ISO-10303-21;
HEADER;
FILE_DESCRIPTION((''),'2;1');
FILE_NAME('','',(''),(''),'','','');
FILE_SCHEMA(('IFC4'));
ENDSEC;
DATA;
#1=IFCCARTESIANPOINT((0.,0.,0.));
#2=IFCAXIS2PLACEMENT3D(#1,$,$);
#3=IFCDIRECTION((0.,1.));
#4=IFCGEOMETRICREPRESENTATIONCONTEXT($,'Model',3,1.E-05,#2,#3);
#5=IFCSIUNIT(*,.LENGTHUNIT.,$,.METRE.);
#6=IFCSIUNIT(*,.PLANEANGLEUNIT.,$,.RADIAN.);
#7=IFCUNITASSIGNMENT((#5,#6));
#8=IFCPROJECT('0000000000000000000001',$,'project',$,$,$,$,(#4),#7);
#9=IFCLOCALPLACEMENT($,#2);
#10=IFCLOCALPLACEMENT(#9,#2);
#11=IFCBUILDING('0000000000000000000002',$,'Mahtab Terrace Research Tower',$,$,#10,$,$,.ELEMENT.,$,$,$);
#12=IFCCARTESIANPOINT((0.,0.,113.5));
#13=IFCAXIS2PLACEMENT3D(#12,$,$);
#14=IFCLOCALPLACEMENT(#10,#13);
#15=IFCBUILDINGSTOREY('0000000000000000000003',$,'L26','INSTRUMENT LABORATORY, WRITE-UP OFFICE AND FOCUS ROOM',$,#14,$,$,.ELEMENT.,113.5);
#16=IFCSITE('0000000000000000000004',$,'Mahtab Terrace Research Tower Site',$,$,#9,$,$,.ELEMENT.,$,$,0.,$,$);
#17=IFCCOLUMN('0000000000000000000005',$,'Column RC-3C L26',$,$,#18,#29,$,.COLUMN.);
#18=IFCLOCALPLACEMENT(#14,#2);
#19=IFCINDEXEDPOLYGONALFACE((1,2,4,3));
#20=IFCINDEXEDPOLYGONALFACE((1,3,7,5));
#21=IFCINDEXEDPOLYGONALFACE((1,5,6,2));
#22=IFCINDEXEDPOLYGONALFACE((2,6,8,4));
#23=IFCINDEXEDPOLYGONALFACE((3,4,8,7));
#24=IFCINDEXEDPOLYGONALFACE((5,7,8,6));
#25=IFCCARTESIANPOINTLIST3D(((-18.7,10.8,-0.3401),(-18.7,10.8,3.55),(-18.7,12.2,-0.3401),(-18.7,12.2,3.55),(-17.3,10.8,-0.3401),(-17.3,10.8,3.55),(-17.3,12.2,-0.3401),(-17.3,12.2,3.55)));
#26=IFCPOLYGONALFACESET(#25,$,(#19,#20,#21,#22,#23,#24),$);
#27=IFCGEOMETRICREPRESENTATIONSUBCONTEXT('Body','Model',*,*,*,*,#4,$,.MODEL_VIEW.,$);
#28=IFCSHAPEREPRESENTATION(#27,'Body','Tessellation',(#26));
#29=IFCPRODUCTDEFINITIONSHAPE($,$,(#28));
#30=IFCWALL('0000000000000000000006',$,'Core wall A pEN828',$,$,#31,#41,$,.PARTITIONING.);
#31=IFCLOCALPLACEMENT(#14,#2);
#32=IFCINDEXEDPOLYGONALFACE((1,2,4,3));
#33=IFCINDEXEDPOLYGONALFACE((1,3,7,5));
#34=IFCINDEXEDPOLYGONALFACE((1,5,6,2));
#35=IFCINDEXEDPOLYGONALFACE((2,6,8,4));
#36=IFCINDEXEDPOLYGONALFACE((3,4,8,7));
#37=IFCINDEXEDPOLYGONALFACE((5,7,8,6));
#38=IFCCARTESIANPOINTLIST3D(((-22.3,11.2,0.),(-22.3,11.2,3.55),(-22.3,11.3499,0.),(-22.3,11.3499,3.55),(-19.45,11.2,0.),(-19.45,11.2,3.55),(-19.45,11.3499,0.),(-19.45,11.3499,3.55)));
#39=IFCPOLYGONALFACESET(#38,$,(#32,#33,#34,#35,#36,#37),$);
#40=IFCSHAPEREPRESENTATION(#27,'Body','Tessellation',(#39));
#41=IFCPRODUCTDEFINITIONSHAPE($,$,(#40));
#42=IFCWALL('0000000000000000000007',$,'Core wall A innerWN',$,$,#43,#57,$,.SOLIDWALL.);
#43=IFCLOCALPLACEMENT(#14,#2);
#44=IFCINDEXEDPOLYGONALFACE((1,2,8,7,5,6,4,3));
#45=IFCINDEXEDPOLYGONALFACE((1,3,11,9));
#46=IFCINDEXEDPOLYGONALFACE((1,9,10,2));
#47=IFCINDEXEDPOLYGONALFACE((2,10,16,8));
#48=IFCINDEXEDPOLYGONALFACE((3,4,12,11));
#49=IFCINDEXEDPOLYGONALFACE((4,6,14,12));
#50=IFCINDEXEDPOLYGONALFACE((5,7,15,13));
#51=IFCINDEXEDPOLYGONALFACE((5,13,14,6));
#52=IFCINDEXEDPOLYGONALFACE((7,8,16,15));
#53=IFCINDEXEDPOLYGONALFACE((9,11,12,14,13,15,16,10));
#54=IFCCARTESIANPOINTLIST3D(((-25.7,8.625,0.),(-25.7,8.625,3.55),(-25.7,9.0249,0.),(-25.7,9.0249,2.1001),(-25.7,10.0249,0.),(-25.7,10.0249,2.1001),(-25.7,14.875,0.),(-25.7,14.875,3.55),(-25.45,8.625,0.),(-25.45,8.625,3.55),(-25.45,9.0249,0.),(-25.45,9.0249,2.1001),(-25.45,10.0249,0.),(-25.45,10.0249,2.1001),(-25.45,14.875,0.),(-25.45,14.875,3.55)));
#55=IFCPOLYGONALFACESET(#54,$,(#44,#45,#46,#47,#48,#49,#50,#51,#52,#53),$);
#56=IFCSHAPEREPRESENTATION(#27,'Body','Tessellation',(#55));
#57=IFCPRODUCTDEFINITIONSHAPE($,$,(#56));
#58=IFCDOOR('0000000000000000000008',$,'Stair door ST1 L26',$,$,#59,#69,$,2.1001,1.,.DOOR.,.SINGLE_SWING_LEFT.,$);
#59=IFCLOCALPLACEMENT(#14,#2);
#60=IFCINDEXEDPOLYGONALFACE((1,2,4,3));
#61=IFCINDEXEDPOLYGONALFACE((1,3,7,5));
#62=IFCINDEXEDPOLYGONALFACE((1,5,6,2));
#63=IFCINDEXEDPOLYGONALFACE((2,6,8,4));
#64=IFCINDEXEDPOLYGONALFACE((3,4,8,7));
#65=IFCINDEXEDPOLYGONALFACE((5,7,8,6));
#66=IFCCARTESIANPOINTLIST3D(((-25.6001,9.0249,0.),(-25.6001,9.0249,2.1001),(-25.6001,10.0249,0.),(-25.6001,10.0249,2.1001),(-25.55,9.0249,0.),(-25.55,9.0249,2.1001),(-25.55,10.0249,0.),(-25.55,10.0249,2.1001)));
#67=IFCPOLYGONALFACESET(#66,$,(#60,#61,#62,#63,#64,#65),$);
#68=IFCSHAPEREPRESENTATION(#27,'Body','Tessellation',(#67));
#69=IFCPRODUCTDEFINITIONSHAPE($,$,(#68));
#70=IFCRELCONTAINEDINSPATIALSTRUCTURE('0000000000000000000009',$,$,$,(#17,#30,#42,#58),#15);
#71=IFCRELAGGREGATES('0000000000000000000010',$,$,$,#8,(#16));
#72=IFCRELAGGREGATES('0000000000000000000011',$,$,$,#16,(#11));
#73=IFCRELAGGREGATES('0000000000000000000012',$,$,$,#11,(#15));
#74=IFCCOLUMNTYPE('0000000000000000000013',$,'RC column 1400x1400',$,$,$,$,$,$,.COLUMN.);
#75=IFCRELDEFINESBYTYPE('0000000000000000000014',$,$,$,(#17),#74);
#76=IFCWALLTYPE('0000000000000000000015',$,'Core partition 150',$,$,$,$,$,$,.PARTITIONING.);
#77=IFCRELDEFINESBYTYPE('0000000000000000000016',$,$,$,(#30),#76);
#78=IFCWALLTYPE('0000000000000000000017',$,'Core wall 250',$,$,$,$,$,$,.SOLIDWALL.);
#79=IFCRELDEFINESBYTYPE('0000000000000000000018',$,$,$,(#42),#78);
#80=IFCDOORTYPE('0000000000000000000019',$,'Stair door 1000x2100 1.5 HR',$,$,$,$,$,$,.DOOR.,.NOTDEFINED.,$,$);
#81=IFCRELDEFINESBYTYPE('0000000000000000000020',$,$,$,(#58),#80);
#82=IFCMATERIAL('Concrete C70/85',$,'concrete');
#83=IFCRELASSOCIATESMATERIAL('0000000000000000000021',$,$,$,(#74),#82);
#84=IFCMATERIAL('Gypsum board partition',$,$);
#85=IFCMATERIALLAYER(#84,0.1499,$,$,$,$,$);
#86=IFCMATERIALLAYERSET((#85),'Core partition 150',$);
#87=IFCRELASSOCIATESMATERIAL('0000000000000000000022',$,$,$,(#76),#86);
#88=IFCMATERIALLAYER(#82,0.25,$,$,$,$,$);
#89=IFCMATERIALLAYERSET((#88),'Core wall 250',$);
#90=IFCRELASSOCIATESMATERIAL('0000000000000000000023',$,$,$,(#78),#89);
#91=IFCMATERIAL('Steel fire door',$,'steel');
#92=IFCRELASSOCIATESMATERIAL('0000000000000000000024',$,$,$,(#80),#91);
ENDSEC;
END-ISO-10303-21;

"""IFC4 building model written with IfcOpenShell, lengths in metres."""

from ifc_helpers import new_model, si_unit, direction, frame, frame_2d, origin, origin_2d, place, context, subcontext, project, spatial, rectangle, extrude, material, layer, layer_set, material_profile, profile_set, type_object, element, fill, save


model = new_model("IFC4")

# Units and contexts
model_context = context("Model", 3, precision=1e-05, world=origin(), true_north=direction((0.0, 1.0)))
body_context = subcontext(model_context, "Body", "Model", "MODEL_VIEW")
ifc_project = project(units=[si_unit("LENGTHUNIT", "METRE"), si_unit("PLANEANGLEUNIT", "RADIAN")], contexts=[model_context])

# Site, building, storey
site_placement = place(None, origin())
site = spatial("IfcSite", under=ifc_project, at=site_placement, Name="Mahtab Terrace Research Tower Site", CompositionType="ELEMENT", RefElevation=0.0)
building_placement = place(site_placement, origin())
building = spatial("IfcBuilding", under=site, at=building_placement, Name="Mahtab Terrace Research Tower", CompositionType="ELEMENT")
storey_placement = place(building_placement, frame((0.0, 0.0, 113.5)))
storey = spatial("IfcBuildingStorey", under=building, at=storey_placement, Name="L26", Description="INSTRUMENT LABORATORY, WRITE-UP OFFICE AND FOCUS ROOM", CompositionType="ELEMENT", Elevation=113.5)

# Column
ifc_material_1 = material(Name="Concrete C70/85", Category="concrete")
ifc_material_profile = material_profile(ifc_material_1, rectangle(XDim=1.3999, YDim=1.3999, at=origin_2d()), Name="RC column 1400x1400")
ifc_profile_set = profile_set([ifc_material_profile], Name="Concrete C70/85")
column_type = type_object("IfcColumnType", Name="RC column 1400x1400", PredefinedType="COLUMN", material=ifc_profile_set)
column_placement = place(storey_placement, frame((-18.0, 11.5, -0.3401), z_axis=(0.0, 0.0, 1.0), x_axis=(1.0, 0.0, 0.0)))
element("IfcColumn", 1, at=column_placement, inside=storey, type_object=column_type, Name="Column RC-3C L26", PredefinedType="COLUMN", context=body_context, shape_type="SweptSolid", body=[
    extrude(rectangle(XDim=1.3999, YDim=1.3999, at=origin_2d()), origin(), (0.0, 0.0, 1.0), 3.8901),
])

# Wall
ifc_material_2 = material(Name="Gypsum board partition")
ifc_layer_1 = layer(ifc_material_2, 0.1499)
ifc_layer_set_1 = layer_set([ifc_layer_1], Name="Core partition 150")
wall_type_1 = type_object("IfcWallType", Name="Core partition 150", PredefinedType="PARTITIONING", material=ifc_layer_set_1)
wall_1_placement = place(storey_placement, frame((-22.3, 11.2749, 0.0), z_axis=(0.0, 0.0, 1.0), x_axis=(1.0, 0.0, 0.0)))
element("IfcWall", 2, at=wall_1_placement, inside=storey, type_object=wall_type_1, Name="Core wall A pEN828", PredefinedType="PARTITIONING", context=body_context, shape_type="SweptSolid", body=[
    extrude(rectangle(XDim=2.8501, YDim=0.1499, at=frame_2d((1.425, 0.0))), origin(), (0.0, 0.0, 1.0), 3.55),
])

# Wall, opening, door
ifc_layer_2 = layer(ifc_material_1, 0.25)
ifc_layer_set_2 = layer_set([ifc_layer_2], Name="Core wall 250")
wall_type_2 = type_object("IfcWallType", Name="Core wall 250", PredefinedType="SOLIDWALL", material=ifc_layer_set_2)
wall_2_placement = place(storey_placement, frame((-25.575, 14.875, 0.0), z_axis=(0.0, 0.0, 1.0), x_axis=(0.0, -1.0, 0.0)))
wall_2 = element("IfcWall", 3, at=wall_2_placement, inside=storey, type_object=wall_type_2, Name="Core wall A innerWN", PredefinedType="SOLIDWALL", context=body_context, shape_type="SweptSolid", body=[
    extrude(rectangle(XDim=6.25, YDim=0.25, at=frame_2d((3.125, 0.0))), origin(), (0.0, 0.0, 1.0), 3.55),
])
opening_1_placement = place(wall_2_placement, frame((4.8501, 0.0, 0.0)))
opening_1 = element("IfcOpeningElement", 4, at=opening_1_placement, cuts=wall_2, PredefinedType="OPENING", context=body_context, shape_type="SweptSolid", body=[
    extrude(rectangle(XDim=1.0, YDim=2.1001, at=frame_2d((0.5, 1.05))), frame((0.0, 0.135, 0.0), z_axis=(0.0, -1.0, 0.0), x_axis=(1.0, 0.0, 0.0)), (0.0, 0.0, 1.0), 0.27),
])
ifc_material_3 = material(Name="Steel fire door", Category="steel")
door_type_1 = type_object("IfcDoorType", Name="Stair door 1000x2100 1.5 HR", OperationType="NOTDEFINED", PredefinedType="DOOR", material=ifc_material_3)
door_1_placement = place(opening_1_placement, origin())
door_1 = element("IfcDoor", 5, at=door_1_placement, inside=storey, type_object=door_type_1, Name="Stair door ST1 L26", OperationType="SINGLE_SWING_LEFT", OverallHeight=2.1001, OverallWidth=1.0, PredefinedType="DOOR", context=body_context, shape_type="SweptSolid", body=[
    extrude(rectangle(XDim=1.0, YDim=2.1001, at=frame_2d((0.5, 1.05))), frame((0.0, 0.0249, 0.0), z_axis=(0.0, -1.0, 0.0), x_axis=(1.0, 0.0, 0.0)), (0.0, 0.0, 1.0), 0.05),
])
fill(opening_1, door_1)

save(model, "model.ifc")
